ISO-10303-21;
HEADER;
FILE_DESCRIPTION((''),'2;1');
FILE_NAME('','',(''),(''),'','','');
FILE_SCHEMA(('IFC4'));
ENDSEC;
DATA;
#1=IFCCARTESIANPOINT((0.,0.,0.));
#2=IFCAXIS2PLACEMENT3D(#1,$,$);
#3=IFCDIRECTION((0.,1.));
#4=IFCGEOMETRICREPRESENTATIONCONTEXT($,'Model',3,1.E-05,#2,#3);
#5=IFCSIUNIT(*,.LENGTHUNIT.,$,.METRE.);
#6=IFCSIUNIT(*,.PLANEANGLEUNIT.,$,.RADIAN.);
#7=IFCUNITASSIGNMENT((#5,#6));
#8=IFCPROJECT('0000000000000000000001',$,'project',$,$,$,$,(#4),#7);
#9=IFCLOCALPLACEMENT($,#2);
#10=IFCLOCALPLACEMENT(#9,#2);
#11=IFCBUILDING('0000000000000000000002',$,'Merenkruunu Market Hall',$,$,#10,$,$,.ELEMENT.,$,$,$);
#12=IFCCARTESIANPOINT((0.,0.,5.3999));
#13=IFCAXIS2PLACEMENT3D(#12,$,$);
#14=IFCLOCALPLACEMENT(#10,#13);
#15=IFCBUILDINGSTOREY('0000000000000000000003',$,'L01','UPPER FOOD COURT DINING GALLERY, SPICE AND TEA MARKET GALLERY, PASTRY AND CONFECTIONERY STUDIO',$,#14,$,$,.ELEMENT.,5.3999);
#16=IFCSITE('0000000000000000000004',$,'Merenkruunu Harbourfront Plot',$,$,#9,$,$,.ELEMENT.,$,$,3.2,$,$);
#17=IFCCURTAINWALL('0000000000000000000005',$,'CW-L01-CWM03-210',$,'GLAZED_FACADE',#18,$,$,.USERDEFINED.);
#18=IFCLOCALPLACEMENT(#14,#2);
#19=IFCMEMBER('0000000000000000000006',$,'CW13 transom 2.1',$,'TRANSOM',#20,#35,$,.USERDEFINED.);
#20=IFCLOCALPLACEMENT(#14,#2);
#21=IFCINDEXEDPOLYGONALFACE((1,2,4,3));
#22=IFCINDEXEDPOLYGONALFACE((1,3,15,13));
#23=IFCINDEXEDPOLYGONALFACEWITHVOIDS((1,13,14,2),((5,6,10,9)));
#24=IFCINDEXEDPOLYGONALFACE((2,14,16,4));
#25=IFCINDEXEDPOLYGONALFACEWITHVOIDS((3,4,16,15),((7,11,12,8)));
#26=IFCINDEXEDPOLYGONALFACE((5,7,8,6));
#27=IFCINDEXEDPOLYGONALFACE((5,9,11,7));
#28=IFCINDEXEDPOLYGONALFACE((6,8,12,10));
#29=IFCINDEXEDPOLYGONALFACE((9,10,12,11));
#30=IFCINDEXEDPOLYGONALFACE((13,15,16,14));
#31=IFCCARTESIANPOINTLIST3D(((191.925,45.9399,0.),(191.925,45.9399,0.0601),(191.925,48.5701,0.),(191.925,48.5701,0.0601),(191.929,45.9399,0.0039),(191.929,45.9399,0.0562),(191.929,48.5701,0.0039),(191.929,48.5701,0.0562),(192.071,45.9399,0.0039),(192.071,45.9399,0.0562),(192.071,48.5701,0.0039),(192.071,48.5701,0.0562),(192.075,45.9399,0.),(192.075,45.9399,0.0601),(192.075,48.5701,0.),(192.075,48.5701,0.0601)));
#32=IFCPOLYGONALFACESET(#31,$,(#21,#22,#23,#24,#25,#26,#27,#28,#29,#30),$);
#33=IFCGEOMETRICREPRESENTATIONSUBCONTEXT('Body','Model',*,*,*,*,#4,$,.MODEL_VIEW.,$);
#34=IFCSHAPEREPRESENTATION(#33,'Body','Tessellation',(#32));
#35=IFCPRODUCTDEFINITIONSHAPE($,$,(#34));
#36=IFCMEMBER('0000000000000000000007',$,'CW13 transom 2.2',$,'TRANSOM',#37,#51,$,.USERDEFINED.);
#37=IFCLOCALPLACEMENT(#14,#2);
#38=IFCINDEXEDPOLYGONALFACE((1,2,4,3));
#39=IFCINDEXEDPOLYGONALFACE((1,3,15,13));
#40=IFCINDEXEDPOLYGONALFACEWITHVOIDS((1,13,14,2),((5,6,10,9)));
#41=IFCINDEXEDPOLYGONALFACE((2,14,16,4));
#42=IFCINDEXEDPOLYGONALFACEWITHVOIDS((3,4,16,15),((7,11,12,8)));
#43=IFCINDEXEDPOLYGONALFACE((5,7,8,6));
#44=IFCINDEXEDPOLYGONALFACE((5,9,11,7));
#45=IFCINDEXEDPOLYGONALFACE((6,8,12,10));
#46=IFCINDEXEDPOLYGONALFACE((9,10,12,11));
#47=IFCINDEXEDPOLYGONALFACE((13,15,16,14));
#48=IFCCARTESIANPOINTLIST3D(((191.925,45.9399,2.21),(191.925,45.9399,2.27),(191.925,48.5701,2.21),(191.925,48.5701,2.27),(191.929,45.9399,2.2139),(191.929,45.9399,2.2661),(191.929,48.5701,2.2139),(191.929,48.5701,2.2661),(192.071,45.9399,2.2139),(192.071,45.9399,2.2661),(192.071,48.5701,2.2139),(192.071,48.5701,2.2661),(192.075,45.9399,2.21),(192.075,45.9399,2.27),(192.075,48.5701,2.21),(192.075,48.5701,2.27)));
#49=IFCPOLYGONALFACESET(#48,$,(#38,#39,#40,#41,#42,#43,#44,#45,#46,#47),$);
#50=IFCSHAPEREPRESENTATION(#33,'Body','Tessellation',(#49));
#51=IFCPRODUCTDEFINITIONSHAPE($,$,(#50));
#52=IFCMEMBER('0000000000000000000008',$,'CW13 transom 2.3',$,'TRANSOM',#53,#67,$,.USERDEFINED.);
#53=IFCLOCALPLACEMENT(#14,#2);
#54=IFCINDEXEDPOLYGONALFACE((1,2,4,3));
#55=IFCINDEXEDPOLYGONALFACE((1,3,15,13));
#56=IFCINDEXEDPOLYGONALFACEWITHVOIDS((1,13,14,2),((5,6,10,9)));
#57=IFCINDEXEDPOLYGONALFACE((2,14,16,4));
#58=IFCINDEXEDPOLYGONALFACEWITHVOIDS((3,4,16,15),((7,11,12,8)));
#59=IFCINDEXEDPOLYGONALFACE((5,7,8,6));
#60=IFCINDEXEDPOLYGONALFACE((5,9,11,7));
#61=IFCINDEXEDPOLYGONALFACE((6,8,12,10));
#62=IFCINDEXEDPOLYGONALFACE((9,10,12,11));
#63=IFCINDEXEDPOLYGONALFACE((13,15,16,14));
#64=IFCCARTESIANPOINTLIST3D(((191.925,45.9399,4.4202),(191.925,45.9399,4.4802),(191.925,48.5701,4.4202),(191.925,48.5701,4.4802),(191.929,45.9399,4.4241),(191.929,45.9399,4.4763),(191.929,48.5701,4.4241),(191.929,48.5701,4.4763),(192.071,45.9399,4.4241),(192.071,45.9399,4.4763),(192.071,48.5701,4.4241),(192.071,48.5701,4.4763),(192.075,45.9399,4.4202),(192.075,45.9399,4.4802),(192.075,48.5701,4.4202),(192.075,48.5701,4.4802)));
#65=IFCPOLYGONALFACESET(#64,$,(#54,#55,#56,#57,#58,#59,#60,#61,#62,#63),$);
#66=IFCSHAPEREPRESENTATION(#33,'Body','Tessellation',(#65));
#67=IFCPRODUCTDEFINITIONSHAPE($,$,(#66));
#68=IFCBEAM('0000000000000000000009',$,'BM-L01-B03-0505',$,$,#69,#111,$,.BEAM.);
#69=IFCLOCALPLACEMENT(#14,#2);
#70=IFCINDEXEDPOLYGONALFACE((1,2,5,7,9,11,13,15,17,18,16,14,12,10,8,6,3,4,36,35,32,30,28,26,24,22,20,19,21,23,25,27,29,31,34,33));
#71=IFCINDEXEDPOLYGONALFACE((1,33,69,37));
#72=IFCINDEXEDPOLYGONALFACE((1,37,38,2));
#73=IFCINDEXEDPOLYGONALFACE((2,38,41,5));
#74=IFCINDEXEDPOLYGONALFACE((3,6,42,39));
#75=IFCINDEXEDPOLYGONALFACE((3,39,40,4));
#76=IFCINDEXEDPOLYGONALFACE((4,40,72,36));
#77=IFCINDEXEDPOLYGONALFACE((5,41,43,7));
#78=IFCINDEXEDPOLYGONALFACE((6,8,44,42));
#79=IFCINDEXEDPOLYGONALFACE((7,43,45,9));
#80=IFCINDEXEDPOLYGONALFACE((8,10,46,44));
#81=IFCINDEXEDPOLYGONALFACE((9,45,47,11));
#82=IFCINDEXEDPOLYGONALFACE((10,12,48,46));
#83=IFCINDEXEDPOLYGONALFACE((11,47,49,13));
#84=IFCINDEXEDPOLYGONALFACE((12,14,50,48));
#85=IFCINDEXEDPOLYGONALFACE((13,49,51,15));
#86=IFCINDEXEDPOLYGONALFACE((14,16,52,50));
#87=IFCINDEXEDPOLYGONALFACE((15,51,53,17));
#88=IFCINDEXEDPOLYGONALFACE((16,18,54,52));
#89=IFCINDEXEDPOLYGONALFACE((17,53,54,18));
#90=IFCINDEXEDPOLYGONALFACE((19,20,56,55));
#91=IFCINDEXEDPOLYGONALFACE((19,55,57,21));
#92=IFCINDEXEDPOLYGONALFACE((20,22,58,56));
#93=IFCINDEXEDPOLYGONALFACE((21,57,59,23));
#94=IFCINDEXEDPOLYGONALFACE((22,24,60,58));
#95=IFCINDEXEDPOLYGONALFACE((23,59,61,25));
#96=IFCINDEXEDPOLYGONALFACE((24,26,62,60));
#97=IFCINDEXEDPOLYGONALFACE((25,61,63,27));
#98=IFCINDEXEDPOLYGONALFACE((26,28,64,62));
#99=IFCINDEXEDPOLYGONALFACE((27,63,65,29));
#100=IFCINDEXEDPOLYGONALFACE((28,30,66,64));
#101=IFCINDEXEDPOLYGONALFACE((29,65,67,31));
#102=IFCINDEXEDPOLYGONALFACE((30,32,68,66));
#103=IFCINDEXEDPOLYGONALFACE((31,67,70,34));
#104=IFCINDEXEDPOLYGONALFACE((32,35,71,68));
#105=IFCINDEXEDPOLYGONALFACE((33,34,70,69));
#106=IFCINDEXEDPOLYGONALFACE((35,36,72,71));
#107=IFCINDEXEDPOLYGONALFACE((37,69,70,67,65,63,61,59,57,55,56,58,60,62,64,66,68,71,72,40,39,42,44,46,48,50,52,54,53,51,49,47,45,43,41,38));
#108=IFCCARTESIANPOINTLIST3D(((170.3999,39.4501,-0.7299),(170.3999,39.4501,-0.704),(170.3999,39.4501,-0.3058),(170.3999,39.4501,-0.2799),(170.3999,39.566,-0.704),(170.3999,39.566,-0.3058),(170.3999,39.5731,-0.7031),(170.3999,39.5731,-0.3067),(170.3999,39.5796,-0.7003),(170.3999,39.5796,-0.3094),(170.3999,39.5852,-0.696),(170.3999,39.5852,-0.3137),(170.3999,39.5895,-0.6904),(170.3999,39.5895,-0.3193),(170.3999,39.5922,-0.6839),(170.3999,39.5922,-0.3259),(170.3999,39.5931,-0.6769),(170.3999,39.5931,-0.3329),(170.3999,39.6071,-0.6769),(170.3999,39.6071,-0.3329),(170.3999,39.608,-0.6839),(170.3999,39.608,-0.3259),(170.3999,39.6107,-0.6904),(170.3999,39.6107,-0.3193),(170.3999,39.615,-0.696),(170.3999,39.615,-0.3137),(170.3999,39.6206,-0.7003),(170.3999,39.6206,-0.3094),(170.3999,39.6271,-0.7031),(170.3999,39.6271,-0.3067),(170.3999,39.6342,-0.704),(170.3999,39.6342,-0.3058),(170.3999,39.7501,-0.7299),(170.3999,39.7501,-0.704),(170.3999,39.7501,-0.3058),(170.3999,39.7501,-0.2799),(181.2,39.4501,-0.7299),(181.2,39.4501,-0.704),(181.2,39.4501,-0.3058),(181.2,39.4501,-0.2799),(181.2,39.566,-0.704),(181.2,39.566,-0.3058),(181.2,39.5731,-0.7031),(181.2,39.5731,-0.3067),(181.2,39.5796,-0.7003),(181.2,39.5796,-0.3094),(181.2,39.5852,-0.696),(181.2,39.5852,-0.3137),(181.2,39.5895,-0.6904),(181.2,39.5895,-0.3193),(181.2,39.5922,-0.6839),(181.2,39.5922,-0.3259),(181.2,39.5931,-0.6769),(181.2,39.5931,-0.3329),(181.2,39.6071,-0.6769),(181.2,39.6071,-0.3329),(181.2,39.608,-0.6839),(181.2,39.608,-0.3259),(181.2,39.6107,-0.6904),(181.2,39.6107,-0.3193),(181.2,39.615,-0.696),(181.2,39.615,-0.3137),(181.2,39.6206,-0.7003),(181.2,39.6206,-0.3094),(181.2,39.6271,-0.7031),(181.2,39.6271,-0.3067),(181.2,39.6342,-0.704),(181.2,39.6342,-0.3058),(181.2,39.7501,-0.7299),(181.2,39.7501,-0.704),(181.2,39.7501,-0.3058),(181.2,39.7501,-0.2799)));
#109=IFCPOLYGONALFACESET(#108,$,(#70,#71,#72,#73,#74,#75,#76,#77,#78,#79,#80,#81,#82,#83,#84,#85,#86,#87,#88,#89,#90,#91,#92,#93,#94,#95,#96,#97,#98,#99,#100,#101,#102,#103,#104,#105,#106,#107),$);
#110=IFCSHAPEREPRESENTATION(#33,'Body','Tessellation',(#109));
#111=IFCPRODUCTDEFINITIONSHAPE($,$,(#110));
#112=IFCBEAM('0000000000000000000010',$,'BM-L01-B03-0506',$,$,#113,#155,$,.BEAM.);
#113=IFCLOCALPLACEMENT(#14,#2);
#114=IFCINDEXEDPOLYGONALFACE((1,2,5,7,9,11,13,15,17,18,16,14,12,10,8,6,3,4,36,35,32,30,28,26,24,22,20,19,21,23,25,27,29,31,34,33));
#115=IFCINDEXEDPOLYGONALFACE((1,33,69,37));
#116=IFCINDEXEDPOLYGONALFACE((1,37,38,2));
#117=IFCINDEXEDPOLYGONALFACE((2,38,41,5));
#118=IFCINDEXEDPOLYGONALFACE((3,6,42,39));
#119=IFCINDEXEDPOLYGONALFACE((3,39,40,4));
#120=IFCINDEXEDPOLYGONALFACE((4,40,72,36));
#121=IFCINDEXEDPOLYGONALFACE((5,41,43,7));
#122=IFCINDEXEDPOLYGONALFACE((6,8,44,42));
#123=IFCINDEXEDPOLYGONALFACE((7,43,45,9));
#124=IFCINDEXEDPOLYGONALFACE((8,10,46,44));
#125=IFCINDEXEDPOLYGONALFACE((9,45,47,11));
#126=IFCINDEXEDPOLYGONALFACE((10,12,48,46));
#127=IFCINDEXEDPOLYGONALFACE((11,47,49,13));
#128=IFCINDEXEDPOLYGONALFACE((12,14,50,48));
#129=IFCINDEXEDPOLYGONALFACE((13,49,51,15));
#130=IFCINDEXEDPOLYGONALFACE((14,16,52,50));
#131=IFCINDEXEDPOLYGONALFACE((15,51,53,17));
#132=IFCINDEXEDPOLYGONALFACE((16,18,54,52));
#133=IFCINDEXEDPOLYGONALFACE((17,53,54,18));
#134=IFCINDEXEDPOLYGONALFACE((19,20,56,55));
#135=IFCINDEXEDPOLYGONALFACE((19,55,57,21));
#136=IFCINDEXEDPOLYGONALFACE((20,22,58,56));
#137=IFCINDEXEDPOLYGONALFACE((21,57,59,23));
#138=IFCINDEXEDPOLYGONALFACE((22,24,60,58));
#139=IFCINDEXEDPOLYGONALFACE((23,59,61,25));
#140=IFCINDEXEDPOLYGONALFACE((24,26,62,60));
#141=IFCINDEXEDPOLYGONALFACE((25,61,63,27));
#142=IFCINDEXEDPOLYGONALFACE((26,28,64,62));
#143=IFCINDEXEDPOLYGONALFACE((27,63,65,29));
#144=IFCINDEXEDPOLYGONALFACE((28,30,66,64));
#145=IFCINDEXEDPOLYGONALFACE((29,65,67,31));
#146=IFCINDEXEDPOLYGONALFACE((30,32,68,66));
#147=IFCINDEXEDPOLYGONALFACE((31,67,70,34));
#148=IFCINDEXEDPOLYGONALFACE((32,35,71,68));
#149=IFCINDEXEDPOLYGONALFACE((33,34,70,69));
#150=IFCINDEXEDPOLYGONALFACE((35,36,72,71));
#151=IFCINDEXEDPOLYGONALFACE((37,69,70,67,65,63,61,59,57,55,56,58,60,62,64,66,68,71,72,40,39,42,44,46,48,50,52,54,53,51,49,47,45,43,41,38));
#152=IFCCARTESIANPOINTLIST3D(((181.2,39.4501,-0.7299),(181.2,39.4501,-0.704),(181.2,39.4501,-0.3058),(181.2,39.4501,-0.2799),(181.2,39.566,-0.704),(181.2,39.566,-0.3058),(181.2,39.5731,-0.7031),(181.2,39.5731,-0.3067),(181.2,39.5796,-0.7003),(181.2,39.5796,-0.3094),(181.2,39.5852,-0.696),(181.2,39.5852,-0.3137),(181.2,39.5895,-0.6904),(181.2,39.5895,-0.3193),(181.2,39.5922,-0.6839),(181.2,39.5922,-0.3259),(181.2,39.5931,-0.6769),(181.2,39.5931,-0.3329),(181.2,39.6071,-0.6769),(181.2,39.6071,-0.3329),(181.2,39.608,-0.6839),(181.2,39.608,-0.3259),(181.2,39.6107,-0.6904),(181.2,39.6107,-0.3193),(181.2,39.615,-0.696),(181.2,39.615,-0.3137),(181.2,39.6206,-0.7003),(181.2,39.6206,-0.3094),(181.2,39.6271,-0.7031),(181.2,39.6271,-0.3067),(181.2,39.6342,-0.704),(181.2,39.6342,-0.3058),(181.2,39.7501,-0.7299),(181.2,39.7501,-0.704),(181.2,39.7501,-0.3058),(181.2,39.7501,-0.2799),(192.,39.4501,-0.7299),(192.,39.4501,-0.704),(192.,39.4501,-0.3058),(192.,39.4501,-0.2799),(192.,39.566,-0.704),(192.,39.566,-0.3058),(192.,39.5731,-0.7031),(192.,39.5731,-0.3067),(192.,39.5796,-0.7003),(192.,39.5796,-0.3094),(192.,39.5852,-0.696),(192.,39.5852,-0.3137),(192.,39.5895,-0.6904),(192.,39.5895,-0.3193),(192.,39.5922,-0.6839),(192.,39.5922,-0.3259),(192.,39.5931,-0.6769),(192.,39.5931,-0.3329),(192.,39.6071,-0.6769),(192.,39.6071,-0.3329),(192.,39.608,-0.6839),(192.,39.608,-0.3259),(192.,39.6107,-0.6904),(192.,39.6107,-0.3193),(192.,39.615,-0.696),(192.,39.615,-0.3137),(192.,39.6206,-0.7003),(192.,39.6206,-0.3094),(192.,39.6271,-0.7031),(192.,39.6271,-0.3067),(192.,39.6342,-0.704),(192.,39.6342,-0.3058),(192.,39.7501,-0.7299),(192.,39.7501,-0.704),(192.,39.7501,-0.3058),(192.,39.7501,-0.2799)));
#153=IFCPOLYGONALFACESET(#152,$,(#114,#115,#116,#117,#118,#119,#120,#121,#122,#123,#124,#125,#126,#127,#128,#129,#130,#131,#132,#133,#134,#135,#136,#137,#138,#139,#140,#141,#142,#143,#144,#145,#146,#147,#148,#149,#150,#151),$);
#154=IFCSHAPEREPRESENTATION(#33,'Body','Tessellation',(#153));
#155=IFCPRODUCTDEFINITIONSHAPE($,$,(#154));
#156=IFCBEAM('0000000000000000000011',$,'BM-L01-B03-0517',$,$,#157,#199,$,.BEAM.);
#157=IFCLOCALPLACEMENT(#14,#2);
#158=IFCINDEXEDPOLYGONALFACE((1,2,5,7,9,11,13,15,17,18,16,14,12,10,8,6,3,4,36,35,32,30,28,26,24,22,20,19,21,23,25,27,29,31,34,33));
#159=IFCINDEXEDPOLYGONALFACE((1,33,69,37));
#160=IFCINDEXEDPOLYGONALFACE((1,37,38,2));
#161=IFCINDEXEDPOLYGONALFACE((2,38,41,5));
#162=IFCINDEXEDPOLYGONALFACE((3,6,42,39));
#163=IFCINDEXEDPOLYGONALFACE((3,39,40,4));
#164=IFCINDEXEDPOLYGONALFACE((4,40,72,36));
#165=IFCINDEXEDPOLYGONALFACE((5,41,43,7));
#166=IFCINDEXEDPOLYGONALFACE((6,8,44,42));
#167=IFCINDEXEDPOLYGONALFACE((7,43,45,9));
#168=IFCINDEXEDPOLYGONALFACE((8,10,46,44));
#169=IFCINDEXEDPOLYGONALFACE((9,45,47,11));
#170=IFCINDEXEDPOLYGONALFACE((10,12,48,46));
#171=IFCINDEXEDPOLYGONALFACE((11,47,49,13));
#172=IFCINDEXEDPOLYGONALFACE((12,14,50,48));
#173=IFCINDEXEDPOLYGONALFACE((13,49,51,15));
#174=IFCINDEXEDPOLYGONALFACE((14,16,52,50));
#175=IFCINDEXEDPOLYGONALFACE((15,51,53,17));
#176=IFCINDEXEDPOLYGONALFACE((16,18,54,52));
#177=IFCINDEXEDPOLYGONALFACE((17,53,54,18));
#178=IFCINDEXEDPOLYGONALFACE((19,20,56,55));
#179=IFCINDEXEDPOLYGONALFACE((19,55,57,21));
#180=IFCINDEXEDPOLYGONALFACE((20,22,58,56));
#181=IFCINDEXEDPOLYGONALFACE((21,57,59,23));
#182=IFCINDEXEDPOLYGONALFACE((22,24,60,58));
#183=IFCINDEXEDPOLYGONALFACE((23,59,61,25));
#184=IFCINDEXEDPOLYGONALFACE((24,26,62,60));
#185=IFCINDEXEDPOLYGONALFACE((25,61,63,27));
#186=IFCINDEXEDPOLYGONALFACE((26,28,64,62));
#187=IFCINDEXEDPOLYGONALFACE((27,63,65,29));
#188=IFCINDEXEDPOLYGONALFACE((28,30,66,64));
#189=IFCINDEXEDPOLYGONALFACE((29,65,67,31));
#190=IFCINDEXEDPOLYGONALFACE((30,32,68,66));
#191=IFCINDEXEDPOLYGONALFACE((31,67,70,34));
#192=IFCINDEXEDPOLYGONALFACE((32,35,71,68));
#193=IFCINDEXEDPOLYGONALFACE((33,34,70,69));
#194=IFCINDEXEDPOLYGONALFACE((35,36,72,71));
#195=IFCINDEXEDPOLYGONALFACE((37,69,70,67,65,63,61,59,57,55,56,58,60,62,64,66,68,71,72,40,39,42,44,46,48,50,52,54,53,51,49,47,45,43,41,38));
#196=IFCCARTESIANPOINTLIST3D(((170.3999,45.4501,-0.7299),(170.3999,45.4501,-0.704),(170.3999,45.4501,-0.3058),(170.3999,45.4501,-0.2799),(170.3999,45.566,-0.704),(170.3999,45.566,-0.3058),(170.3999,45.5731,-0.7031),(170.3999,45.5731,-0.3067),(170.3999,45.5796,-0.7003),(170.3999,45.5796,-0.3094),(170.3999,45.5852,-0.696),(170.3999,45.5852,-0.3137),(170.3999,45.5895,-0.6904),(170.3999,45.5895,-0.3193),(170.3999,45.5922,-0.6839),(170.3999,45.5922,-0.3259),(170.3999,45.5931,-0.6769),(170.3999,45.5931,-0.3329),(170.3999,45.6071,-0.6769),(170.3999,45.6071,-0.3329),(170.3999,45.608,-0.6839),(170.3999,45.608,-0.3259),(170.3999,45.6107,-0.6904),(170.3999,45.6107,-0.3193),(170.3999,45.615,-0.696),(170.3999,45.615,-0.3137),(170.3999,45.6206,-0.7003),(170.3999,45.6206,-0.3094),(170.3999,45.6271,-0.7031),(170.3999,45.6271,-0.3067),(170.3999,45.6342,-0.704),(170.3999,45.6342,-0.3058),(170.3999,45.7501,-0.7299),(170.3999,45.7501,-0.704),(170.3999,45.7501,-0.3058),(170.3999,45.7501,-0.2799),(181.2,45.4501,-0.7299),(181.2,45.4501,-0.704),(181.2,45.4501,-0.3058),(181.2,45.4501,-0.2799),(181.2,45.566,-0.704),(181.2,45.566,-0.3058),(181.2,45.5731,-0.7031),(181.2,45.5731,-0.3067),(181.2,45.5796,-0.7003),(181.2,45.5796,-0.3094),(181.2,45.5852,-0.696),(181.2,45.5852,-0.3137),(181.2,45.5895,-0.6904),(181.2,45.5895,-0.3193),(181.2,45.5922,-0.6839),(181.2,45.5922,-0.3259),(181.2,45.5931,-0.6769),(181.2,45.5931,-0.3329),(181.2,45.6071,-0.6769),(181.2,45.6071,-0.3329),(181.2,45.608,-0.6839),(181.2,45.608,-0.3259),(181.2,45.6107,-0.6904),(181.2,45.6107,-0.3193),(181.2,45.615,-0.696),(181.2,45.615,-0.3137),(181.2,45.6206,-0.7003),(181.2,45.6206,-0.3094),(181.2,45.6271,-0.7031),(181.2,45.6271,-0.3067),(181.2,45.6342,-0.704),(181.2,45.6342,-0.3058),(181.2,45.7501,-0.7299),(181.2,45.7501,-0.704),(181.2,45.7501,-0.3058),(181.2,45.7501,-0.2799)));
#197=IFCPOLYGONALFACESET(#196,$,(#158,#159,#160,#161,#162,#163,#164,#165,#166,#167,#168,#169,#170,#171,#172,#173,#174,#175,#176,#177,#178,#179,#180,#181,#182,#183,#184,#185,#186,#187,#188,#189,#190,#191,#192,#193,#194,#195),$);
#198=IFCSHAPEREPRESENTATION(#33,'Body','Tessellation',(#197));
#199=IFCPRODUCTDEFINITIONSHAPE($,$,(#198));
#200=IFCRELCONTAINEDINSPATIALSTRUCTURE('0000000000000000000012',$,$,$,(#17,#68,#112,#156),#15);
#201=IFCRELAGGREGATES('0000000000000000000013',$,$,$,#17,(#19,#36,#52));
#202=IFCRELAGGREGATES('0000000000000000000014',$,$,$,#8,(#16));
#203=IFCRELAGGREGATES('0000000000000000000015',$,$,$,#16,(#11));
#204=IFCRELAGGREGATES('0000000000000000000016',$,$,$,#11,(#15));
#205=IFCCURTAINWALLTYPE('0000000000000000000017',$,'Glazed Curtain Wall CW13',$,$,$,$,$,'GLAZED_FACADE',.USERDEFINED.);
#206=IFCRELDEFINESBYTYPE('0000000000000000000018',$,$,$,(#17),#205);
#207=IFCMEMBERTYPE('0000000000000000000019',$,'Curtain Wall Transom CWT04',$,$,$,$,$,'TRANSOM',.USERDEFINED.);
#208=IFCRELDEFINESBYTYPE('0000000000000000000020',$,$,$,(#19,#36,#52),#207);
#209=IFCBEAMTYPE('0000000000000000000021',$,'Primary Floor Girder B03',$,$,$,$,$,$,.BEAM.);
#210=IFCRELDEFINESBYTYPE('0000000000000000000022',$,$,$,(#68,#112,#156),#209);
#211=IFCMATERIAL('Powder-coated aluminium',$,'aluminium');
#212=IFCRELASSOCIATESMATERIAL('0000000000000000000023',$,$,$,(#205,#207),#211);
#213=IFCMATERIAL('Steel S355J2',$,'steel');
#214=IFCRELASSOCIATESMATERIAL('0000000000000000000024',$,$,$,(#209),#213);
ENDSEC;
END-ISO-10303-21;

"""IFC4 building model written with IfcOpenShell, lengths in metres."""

from ifc_helpers import new_model, si_unit, direction, frame, origin, origin_2d, place, context, subcontext, project, spatial, hollow_rectangle, i_section, extrude, material, material_profile, profile_set, type_object, element, aggregate, save


model = new_model("IFC4")

# Units and contexts
model_context = context("Model", 3, precision=1e-05, world=origin(), true_north=direction((0.0, 1.0)))
body_context = subcontext(model_context, "Body", "Model", "MODEL_VIEW")
ifc_project = project(units=[si_unit("LENGTHUNIT", "METRE"), si_unit("PLANEANGLEUNIT", "RADIAN")], contexts=[model_context])

# Site, building, storey
site_placement = place(None, origin())
site = spatial("IfcSite", under=ifc_project, at=site_placement, Name="Merenkruunu Harbourfront Plot", CompositionType="ELEMENT", RefElevation=3.2)
building_placement = place(site_placement, origin())
building = spatial("IfcBuilding", under=site, at=building_placement, Name="Merenkruunu Market Hall", CompositionType="ELEMENT")
storey_placement = place(building_placement, frame((0.0, 0.0, 5.3999)))
storey = spatial("IfcBuildingStorey", under=building, at=storey_placement, Name="L01", Description="UPPER FOOD COURT DINING GALLERY, SPICE AND TEA MARKET GALLERY, PASTRY AND CONFECTIONERY STUDIO", CompositionType="ELEMENT", Elevation=5.3999)

# Shared definitions
ifc_material_1 = material(Name="Steel S355J2", Category="steel")

# Curtain wall, members
ifc_material_2 = material(Name="Powder-coated aluminium", Category="aluminium")
curtain_wall_type = type_object("IfcCurtainWallType", Name="Glazed Curtain Wall CW13", ElementType="GLAZED_FACADE", PredefinedType="USERDEFINED", material=ifc_material_2)
curtain_wall_placement = place(storey_placement, origin())
curtain_wall = element("IfcCurtainWall", 1, at=curtain_wall_placement, inside=storey, type_object=curtain_wall_type, Name="CW-L01-CWM03-210", ObjectType="GLAZED_FACADE", PredefinedType="USERDEFINED")
ifc_material_profile_1 = material_profile(ifc_material_2, hollow_rectangle(XDim=0.0601, YDim=0.1499, WallThickness=0.0039, at=origin_2d()), Name="ALU 60x150x4")
ifc_profile_set_1 = profile_set([ifc_material_profile_1], Name="Powder-coated aluminium")
member_type_1 = type_object("IfcMemberType", Name="Curtain Wall Transom CWT04", ElementType="TRANSOM", PredefinedType="USERDEFINED", material=ifc_profile_set_1)
member_1_placement = place(storey_placement, frame((192.0, 48.5701, 0.03), z_axis=(0.0, -1.0, 0.0), x_axis=(0.0, 0.0, 1.0)))
member_1 = element("IfcMember", 2, at=member_1_placement, type_object=member_type_1, Name="CW13 transom 2.1", ObjectType="TRANSOM", PredefinedType="USERDEFINED", context=body_context, shape_type="SweptSolid", body=[
    extrude(hollow_rectangle(XDim=0.0601, YDim=0.1499, WallThickness=0.0039, at=origin_2d()), origin(), (0.0, 0.0, 1.0), 2.6301),
])
member_2_placement = place(storey_placement, frame((192.0, 48.5701, 2.24), z_axis=(0.0, -1.0, 0.0), x_axis=(0.0, 0.0, 1.0)))
member_2 = element("IfcMember", 3, at=member_2_placement, type_object=member_type_1, Name="CW13 transom 2.2", ObjectType="TRANSOM", PredefinedType="USERDEFINED", context=body_context, shape_type="SweptSolid", body=[
    extrude(hollow_rectangle(XDim=0.0601, YDim=0.1499, WallThickness=0.0039, at=origin_2d()), origin(), (0.0, 0.0, 1.0), 2.6301),
])
member_3_placement = place(storey_placement, frame((192.0, 48.5701, 4.4502), z_axis=(0.0, -1.0, 0.0), x_axis=(0.0, 0.0, 1.0)))
member_3 = element("IfcMember", 4, at=member_3_placement, type_object=member_type_1, Name="CW13 transom 2.3", ObjectType="TRANSOM", PredefinedType="USERDEFINED", context=body_context, shape_type="SweptSolid", body=[
    extrude(hollow_rectangle(XDim=0.0601, YDim=0.1499, WallThickness=0.0039, at=origin_2d()), origin(), (0.0, 0.0, 1.0), 2.6301),
])

# Beams
ifc_material_profile_2 = material_profile(ifc_material_1, i_section(OverallWidth=0.3, OverallDepth=0.45, WebThickness=0.0139, FlangeThickness=0.0259, FilletRadius=0.0271, at=origin_2d()), Name="HEB 450")
ifc_profile_set_2 = profile_set([ifc_material_profile_2], Name="Steel S355J2")
beam_type_1 = type_object("IfcBeamType", Name="Primary Floor Girder B03", PredefinedType="BEAM", material=ifc_profile_set_2)
for number, where, z_axis, x_axis, name in (
    (5, (170.3999, 39.6001, -0.5049), (1.0, 0.0, 0.0), (0.0, 1.0, 0.0), "BM-L01-B03-0505"),
    (6, (181.2, 39.6001, -0.5049), (1.0, 0.0, 0.0), (0.0, 1.0, 0.0), "BM-L01-B03-0506"),
    (7, (170.3999, 45.6001, -0.5049), (1.0, 0.0, 0.0), (0.0, 1.0, 0.0), "BM-L01-B03-0517"),
):
    element("IfcBeam", number, at=place(storey_placement, frame(where, z_axis=z_axis, x_axis=x_axis)), inside=storey, type_object=beam_type_1, Name=name, PredefinedType="BEAM", context=body_context, shape_type="SweptSolid", body=[
        extrude(i_section(OverallWidth=0.3, OverallDepth=0.45, WebThickness=0.0139, FlangeThickness=0.0259, FilletRadius=0.0271, at=origin_2d()), origin(), (0.0, 0.0, 1.0), 10.8),
    ])

aggregate(curtain_wall, [member_1, member_2, member_3])

save(model, "model.ifc")
